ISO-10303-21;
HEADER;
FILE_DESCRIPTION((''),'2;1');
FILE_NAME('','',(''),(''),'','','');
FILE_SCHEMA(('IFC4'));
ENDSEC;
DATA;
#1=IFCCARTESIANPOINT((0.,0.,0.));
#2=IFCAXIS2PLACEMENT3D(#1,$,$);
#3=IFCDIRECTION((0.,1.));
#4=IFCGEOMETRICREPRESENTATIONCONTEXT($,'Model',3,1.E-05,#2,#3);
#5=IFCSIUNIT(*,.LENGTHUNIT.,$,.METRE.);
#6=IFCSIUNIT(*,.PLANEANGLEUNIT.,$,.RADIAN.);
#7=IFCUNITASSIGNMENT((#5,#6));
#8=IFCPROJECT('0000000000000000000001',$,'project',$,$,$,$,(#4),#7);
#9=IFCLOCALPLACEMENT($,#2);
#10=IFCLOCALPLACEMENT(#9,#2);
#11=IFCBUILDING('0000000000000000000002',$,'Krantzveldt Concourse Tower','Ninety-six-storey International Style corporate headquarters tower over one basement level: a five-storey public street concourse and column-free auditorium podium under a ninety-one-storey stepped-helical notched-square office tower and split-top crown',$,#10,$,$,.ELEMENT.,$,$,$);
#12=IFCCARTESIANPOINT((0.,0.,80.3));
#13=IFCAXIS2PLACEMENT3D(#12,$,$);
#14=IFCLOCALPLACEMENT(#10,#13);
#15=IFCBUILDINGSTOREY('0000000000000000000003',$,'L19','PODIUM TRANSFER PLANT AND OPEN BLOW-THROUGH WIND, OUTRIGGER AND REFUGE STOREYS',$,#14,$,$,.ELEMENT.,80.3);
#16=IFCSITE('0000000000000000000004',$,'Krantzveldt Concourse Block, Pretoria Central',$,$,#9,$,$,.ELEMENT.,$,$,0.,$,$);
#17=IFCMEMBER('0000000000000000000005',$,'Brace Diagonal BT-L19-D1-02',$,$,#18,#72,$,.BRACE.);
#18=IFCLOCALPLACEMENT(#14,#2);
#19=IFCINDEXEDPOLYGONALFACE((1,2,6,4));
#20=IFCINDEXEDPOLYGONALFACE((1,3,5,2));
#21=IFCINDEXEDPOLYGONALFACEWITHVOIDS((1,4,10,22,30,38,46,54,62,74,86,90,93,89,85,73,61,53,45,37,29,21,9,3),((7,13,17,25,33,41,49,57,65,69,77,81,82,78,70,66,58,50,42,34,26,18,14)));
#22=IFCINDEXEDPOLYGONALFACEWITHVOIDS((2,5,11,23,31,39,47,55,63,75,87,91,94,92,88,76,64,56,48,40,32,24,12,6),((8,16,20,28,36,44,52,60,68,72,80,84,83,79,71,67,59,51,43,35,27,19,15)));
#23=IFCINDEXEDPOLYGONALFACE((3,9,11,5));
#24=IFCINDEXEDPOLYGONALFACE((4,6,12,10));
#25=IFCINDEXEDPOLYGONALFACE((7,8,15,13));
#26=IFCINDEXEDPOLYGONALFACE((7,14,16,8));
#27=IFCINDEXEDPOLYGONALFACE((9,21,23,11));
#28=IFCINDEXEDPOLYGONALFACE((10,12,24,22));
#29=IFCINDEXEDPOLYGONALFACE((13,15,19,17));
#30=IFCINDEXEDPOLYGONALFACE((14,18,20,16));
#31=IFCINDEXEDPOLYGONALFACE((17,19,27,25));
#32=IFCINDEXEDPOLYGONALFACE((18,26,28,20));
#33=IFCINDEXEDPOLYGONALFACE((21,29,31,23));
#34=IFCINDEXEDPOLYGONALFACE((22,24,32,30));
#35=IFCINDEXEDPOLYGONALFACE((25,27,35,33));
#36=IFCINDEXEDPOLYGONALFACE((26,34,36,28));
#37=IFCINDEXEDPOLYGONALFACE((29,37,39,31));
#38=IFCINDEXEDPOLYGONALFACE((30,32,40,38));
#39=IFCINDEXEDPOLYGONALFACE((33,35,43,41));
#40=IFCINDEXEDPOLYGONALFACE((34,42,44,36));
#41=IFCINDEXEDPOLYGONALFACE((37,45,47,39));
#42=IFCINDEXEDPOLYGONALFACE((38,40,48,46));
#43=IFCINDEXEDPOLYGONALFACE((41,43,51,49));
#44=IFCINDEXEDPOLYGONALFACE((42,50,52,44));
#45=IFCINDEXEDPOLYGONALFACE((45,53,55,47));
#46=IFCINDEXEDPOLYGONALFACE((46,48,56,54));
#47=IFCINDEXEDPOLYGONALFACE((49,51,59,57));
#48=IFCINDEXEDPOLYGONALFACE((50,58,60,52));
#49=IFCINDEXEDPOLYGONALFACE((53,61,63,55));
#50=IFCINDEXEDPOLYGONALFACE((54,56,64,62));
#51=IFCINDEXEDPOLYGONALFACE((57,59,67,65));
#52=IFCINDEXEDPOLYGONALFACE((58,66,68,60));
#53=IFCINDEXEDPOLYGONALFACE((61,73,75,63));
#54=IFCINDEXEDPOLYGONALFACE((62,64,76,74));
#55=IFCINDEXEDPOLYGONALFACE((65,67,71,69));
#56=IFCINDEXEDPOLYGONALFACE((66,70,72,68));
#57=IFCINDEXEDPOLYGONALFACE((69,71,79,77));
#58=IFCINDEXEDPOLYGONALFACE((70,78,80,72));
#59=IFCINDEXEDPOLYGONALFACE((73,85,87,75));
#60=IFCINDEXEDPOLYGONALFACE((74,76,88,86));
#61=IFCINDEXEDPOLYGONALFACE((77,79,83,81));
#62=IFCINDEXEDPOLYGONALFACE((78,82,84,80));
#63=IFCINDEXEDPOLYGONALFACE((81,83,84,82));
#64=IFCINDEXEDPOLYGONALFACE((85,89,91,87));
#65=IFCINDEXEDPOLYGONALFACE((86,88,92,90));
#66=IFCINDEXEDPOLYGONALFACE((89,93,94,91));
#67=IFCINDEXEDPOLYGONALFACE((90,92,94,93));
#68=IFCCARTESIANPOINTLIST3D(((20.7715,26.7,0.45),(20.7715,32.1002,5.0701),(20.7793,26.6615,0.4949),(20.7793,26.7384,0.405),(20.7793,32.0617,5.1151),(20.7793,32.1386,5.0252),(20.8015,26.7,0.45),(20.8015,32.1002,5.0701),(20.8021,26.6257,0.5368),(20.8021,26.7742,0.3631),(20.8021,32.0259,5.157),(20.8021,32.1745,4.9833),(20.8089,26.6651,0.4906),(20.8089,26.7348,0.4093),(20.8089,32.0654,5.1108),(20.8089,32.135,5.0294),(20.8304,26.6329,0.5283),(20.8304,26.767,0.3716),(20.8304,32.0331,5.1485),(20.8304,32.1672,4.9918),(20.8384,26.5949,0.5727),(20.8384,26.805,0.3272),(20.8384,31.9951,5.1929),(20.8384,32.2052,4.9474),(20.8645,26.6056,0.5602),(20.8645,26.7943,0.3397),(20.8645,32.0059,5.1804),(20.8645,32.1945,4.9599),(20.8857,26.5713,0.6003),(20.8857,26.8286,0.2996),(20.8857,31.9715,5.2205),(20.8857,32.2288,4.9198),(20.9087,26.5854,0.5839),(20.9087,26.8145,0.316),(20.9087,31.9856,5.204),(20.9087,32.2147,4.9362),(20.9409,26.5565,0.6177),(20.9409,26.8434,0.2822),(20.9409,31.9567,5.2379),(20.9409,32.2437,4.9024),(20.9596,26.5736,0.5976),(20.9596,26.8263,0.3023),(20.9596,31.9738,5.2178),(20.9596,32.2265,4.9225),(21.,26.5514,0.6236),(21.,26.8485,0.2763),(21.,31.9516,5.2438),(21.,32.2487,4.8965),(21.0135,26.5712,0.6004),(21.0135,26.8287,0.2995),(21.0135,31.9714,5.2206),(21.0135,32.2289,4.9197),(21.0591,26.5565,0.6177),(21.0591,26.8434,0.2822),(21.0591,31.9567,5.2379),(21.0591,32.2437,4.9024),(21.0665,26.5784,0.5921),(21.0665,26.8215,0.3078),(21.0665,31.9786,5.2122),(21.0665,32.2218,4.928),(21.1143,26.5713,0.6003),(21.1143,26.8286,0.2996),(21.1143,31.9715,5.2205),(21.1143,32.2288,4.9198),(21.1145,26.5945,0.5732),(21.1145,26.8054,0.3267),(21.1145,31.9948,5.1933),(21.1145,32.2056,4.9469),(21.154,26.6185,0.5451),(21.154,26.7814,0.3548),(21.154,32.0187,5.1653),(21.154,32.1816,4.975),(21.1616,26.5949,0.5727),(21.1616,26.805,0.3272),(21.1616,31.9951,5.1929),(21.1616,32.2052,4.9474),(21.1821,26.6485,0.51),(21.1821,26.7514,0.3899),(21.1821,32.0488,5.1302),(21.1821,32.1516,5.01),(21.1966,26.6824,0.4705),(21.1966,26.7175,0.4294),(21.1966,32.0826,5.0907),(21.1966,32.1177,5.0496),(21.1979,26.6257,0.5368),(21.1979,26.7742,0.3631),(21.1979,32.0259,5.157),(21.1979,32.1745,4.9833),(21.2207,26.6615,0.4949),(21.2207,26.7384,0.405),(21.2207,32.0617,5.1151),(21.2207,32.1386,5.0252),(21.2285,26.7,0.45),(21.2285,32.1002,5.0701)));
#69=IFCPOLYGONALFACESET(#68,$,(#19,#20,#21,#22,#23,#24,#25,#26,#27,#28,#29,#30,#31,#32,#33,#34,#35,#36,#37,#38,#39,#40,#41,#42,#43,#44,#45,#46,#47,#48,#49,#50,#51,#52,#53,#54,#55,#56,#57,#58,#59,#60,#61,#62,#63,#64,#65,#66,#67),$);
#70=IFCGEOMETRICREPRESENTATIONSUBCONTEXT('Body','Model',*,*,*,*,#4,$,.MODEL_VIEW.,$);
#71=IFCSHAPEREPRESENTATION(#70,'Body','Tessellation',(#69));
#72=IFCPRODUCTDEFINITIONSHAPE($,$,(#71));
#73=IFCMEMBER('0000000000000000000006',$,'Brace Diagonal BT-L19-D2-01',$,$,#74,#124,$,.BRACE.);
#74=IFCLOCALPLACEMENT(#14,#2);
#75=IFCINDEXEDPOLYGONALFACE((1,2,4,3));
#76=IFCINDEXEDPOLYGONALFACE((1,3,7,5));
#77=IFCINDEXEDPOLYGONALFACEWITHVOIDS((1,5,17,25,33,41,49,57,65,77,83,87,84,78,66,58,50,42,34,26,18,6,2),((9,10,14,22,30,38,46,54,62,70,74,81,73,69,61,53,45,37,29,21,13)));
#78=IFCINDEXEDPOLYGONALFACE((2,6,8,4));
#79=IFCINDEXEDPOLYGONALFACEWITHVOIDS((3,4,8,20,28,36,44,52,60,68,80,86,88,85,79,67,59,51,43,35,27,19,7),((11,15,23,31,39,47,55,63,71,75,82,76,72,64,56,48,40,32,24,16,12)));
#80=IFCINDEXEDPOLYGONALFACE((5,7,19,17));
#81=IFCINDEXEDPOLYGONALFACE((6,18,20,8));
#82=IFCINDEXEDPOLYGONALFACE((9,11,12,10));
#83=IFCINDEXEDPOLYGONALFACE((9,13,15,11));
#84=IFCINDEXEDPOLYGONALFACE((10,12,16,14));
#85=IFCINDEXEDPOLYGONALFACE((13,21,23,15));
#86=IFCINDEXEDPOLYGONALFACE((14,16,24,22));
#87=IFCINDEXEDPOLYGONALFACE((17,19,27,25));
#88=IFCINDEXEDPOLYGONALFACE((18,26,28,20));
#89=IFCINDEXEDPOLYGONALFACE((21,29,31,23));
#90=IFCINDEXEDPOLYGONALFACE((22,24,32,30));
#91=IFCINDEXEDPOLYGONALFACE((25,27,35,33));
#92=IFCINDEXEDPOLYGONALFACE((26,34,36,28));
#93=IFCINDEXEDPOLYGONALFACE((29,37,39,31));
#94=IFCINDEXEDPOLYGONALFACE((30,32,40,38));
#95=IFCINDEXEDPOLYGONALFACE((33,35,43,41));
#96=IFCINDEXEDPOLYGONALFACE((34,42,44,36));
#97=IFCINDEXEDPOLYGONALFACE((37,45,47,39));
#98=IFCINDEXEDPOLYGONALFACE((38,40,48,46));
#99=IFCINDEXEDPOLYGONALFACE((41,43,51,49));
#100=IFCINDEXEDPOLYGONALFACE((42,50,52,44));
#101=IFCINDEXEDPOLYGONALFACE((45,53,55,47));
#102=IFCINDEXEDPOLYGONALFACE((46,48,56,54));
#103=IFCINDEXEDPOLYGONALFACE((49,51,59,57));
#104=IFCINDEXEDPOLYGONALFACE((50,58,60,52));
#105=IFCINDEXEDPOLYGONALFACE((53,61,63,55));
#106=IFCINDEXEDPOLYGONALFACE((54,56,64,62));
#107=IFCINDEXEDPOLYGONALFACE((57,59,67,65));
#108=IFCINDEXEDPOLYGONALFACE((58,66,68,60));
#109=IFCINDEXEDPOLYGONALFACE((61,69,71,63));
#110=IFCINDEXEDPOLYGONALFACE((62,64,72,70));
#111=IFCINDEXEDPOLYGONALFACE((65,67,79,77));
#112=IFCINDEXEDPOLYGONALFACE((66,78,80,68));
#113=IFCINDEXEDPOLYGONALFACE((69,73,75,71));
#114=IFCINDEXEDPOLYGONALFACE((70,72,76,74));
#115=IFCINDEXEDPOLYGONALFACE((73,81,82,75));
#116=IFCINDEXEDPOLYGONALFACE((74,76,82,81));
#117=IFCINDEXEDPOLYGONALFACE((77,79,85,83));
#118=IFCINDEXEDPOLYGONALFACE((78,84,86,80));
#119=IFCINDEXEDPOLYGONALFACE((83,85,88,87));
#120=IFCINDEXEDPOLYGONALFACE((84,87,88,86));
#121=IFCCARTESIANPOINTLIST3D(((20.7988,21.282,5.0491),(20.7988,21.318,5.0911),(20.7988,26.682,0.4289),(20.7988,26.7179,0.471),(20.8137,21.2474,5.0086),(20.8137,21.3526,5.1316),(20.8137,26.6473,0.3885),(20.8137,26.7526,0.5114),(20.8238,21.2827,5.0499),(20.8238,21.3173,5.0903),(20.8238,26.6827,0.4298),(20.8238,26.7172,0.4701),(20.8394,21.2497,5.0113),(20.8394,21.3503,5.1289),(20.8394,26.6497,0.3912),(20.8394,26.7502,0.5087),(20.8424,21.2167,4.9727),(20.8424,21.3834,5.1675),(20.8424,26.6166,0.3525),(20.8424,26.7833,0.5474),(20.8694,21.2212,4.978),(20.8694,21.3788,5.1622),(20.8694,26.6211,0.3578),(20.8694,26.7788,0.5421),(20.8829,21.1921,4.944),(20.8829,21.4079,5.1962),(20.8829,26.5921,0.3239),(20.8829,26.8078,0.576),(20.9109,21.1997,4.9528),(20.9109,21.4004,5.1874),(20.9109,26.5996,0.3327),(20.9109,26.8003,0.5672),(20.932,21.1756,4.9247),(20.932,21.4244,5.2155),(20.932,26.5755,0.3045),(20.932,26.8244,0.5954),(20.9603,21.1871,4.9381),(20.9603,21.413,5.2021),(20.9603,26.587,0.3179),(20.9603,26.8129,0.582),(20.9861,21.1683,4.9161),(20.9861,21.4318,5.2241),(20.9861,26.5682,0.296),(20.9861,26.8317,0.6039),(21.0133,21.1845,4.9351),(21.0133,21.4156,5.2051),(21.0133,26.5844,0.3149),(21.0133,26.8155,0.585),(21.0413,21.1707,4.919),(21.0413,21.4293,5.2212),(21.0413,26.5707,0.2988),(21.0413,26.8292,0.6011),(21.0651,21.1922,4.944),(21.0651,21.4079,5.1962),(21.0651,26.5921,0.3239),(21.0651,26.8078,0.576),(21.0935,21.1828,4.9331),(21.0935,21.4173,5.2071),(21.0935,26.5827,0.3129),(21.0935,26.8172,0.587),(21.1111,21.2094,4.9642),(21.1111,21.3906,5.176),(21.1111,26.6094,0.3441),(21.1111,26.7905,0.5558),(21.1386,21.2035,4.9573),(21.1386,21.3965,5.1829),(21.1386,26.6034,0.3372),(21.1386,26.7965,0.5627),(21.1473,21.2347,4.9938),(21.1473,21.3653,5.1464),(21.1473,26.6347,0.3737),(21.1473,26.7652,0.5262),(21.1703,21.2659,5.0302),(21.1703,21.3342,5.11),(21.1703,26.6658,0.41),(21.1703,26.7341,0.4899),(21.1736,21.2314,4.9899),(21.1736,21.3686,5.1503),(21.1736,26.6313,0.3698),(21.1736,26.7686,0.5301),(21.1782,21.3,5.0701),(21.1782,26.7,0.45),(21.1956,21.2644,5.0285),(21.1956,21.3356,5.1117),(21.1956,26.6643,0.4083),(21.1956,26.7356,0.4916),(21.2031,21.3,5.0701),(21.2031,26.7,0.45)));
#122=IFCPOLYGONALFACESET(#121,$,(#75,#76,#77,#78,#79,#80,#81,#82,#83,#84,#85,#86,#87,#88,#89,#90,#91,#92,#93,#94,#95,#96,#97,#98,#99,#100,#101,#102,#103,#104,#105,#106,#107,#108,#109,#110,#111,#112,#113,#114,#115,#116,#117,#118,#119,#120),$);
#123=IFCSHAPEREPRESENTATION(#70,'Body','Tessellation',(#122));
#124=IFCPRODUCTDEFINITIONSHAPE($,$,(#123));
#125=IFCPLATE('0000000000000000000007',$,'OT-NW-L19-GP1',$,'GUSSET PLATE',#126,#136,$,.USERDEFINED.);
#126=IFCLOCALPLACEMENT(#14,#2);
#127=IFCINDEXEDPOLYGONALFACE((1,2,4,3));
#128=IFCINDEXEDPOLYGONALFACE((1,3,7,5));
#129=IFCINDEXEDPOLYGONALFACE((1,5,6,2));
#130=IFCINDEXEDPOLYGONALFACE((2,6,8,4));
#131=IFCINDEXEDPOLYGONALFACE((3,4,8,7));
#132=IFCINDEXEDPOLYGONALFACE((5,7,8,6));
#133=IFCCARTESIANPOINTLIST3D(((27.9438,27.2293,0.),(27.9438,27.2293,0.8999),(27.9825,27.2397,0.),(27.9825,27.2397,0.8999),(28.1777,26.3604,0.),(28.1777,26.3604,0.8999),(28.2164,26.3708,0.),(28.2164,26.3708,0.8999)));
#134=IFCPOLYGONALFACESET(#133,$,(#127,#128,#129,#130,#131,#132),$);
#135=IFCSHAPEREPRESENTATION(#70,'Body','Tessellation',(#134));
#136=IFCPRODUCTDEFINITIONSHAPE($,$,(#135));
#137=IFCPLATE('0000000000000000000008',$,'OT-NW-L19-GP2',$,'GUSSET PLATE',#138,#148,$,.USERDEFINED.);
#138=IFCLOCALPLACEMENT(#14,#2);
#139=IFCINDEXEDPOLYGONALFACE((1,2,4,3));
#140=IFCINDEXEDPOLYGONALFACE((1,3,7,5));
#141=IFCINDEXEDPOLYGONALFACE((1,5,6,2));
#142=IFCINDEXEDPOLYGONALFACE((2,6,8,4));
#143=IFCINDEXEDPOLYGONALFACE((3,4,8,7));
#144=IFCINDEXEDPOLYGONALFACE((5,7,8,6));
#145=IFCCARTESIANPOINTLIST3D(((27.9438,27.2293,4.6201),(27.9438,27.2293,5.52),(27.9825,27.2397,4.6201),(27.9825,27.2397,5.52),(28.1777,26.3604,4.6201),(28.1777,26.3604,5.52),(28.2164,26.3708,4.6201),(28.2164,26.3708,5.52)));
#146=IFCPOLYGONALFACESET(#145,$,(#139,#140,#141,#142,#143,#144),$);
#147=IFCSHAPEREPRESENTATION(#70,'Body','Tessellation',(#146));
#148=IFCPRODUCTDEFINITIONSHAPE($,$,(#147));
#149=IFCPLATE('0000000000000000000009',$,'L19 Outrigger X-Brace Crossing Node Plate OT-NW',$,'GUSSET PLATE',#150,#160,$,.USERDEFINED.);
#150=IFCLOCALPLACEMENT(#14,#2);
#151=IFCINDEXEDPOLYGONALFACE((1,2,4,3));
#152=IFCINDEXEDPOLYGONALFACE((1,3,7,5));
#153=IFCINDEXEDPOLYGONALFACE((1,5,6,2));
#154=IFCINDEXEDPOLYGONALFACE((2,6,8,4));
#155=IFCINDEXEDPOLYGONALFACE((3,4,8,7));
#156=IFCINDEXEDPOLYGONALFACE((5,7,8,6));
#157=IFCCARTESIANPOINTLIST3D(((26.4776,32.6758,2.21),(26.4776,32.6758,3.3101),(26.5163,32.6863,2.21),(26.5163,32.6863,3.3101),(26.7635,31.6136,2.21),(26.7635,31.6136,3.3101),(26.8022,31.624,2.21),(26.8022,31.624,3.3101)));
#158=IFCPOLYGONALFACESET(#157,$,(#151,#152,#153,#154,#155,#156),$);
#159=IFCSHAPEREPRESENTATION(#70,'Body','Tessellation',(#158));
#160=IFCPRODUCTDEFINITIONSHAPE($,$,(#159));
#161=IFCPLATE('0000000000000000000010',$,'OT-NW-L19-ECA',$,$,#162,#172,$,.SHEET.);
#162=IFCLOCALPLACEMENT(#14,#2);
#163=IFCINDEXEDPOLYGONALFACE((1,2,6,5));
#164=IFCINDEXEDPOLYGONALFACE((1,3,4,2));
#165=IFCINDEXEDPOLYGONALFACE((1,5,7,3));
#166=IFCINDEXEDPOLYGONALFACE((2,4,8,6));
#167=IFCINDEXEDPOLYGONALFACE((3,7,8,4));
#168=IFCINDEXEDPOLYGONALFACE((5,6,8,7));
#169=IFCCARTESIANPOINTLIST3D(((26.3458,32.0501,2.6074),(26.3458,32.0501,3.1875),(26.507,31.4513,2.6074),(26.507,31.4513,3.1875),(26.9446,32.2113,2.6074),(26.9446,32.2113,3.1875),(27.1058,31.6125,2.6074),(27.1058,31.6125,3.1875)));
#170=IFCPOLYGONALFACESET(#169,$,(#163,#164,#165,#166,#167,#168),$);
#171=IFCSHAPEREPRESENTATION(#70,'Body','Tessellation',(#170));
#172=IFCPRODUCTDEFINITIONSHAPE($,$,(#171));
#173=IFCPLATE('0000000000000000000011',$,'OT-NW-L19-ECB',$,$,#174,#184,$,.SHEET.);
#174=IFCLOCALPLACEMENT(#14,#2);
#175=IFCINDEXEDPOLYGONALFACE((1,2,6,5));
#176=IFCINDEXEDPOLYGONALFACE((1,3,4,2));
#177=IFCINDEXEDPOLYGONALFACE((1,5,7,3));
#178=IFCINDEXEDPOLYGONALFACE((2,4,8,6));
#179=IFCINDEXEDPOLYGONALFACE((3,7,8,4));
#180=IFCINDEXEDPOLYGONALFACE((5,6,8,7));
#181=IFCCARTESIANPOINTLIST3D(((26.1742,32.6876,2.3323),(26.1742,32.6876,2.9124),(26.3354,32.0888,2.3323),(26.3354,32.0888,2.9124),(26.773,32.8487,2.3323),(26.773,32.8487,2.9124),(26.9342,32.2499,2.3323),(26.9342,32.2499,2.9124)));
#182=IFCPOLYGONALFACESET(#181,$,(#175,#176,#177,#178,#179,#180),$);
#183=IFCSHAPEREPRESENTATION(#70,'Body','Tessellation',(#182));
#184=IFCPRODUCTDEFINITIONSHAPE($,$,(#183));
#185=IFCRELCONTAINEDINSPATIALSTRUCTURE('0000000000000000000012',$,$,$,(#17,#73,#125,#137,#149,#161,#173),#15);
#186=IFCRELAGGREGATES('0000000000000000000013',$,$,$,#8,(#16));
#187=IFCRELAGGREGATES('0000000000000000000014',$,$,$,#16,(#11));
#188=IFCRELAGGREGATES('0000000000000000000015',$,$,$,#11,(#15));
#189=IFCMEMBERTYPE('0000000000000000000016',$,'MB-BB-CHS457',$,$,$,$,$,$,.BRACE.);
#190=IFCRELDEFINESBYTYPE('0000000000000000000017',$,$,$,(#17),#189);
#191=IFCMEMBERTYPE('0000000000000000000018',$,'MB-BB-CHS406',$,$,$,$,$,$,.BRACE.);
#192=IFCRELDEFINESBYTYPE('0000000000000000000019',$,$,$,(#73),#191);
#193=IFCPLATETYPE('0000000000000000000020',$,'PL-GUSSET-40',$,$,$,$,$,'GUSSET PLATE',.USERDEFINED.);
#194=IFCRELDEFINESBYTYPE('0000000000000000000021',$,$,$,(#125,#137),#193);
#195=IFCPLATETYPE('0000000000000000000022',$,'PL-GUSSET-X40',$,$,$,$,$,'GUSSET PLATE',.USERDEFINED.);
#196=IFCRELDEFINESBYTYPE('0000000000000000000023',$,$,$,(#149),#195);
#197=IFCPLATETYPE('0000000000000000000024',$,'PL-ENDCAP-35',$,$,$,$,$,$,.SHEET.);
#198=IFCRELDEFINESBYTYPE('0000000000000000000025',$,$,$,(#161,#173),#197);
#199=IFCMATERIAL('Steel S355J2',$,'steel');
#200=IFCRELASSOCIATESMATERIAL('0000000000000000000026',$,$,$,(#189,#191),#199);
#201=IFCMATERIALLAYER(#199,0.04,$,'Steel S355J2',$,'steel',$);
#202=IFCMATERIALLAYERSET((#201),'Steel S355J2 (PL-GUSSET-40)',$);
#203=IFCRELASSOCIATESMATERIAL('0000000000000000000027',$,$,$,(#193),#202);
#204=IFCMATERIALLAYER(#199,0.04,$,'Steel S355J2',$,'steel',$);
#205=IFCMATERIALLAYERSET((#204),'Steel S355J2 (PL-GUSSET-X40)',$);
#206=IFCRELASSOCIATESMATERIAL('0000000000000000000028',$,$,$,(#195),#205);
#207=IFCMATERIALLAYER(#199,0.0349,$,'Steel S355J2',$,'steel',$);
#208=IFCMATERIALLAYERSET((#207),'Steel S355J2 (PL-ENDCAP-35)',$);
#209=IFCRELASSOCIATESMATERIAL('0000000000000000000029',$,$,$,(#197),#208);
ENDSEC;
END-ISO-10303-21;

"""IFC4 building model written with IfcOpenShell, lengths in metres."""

from ifc_helpers import new_model, si_unit, direction, frame, origin, origin_2d, place, context, subcontext, project, spatial, rectangle, hollow_circle, extrude, source, transform, mapped, material, layer, layer_set, material_profile, profile_set, type_object, type_shapes, element, save


model = new_model("IFC4")

# Units and contexts
model_context = context("Model", 3, precision=1e-05, world=origin(), true_north=direction((0.0, 1.0)))
body_context = subcontext(model_context, "Body", "Model", "MODEL_VIEW")
ifc_project = project(units=[si_unit("LENGTHUNIT", "METRE"), si_unit("PLANEANGLEUNIT", "RADIAN")], contexts=[model_context])

# Site, building, storey
site_placement = place(None, origin())
site = spatial("IfcSite", under=ifc_project, at=site_placement, Name="Krantzveldt Concourse Block, Pretoria Central", CompositionType="ELEMENT", RefElevation=0.0)
building_placement = place(site_placement, origin())
building = spatial("IfcBuilding", under=site, at=building_placement, Name="Krantzveldt Concourse Tower", Description="Ninety-six-storey International Style corporate headquarters tower over one basement level: a five-storey public street concourse and column-free auditorium podium under a ninety-one-storey stepped-helical notched-square office tower and split-top crown", CompositionType="ELEMENT")
storey_placement = place(building_placement, frame((0.0, 0.0, 80.3)))
storey = spatial("IfcBuildingStorey", under=building, at=storey_placement, Name="L19", Description="PODIUM TRANSFER PLANT AND OPEN BLOW-THROUGH WIND, OUTRIGGER AND REFUGE STOREYS", CompositionType="ELEMENT", Elevation=80.3)

# Shared definitions
ifc_material_1 = material(Name="Steel S355J2", Category="steel")

# Members
ifc_material_profile_1 = material_profile(ifc_material_1, hollow_circle(Radius=0.2285, WallThickness=0.03, at=origin_2d()), Name="Steel S355J2", Category="steel")
ifc_profile_set_1 = profile_set([ifc_material_profile_1], Name="Steel S355J2 - CHS 457x30")
member_type_1 = type_object("IfcMemberType", Name="MB-BB-CHS457", PredefinedType="BRACE", material=ifc_profile_set_1)
shared_shape_1 = source(origin(), body_context, "Body", "SweptSolid", [
    extrude(hollow_circle(Radius=0.2285, WallThickness=0.03, at=origin_2d()), origin(), (0.0, 0.0, 1.0), 7.1069),
])
type_shapes(member_type_1, [shared_shape_1])
member_1_placement = place(storey_placement, frame((21.0, 26.7, 0.45), z_axis=(0.0, 0.759853, 0.650095), x_axis=(-1.0, 0.0, 0.0)))
element("IfcMember", 1, at=member_1_placement, inside=storey, type_object=member_type_1, Name="Brace Diagonal BT-L19-D1-02", PredefinedType="BRACE", context=body_context, shape_type="MappedRepresentation", body=[
    mapped(shared_shape_1, transform((0.0, 0.0, 0.0), x_axis=(1.0, 0.0, 0.0), y_axis=(0.0, 1.0, 0.0), z_axis=(0.0, 0.0, 1.0), scale=1.0)),
])
ifc_material_profile_2 = material_profile(ifc_material_1, hollow_circle(Radius=0.2031, WallThickness=0.0249, at=origin_2d()), Name="Steel S355J2", Category="steel")
ifc_profile_set_2 = profile_set([ifc_material_profile_2], Name="Steel S355J2 - CHS 406.4x25")
member_type_2 = type_object("IfcMemberType", Name="MB-BB-CHS406", PredefinedType="BRACE", material=ifc_profile_set_2)
shared_shape_2 = source(origin(), body_context, "Body", "SweptSolid", [
    extrude(hollow_circle(Radius=0.2031, WallThickness=0.0249, at=origin_2d()), origin(), (0.0, 0.0, 1.0), 7.1067),
])
type_shapes(member_type_2, [shared_shape_2])
member_2_placement = place(storey_placement, frame((21.0, 26.7, 0.45), z_axis=(0.0, -0.759838, 0.650112), x_axis=(1.0, 0.0, 0.0)))
element("IfcMember", 2, at=member_2_placement, inside=storey, type_object=member_type_2, Name="Brace Diagonal BT-L19-D2-01", PredefinedType="BRACE", context=body_context, shape_type="MappedRepresentation", body=[
    mapped(shared_shape_2, transform((0.0, 0.0, 0.0), x_axis=(1.0, 0.0, 0.0), y_axis=(0.0, 1.0, 0.0), z_axis=(0.0, 0.0, 1.0), scale=1.0)),
])

# Plates
ifc_layer_1 = layer(ifc_material_1, 0.04, Name="Steel S355J2", Category="steel")
ifc_layer_set_1 = layer_set([ifc_layer_1], Name="Steel S355J2 (PL-GUSSET-40)")
plate_type_1 = type_object("IfcPlateType", Name="PL-GUSSET-40", ElementType="GUSSET PLATE", PredefinedType="USERDEFINED", material=ifc_layer_set_1)
shared_shape_3 = source(origin(), body_context, "Body", "SweptSolid", [
    extrude(rectangle(XDim=0.8999, YDim=0.04, at=origin_2d()), origin(), (0.0, 0.0, 1.0), 0.8999),
])
type_shapes(plate_type_1, [shared_shape_3])
for number, where, z_axis, x_axis, name in (
    (3, (28.0801, 26.8, 0.0), (0.0, 0.0, 1.0), (-0.259915, 0.965632, 0.0), "OT-NW-L19-GP1"),
    (4, (28.0801, 26.8, 4.6201), (0.0, 0.0, 1.0), (-0.259915, 0.965632, 0.0), "OT-NW-L19-GP2"),
):
    element("IfcPlate", number, at=place(storey_placement, frame(where, z_axis=z_axis, x_axis=x_axis)), inside=storey, type_object=plate_type_1, Name=name, ObjectType="GUSSET PLATE", PredefinedType="USERDEFINED", context=body_context, shape_type="MappedRepresentation", body=[
        mapped(shared_shape_3, transform((0.0, 0.0, 0.0), x_axis=(1.0, 0.0, 0.0), y_axis=(0.0, 1.0, 0.0), z_axis=(0.0, 0.0, 1.0), scale=1.0)),
    ])
ifc_layer_2 = layer(ifc_material_1, 0.04, Name="Steel S355J2", Category="steel")
ifc_layer_set_2 = layer_set([ifc_layer_2], Name="Steel S355J2 (PL-GUSSET-X40)")
plate_type_2 = type_object("IfcPlateType", Name="PL-GUSSET-X40", ElementType="GUSSET PLATE", PredefinedType="USERDEFINED", material=ifc_layer_set_2)
shared_shape_4 = source(origin(), body_context, "Body", "SweptSolid", [
    extrude(rectangle(XDim=1.1001, YDim=0.04, at=origin_2d()), origin(), (0.0, 0.0, 1.0), 1.1001),
])
type_shapes(plate_type_2, [shared_shape_4])
plate_1_placement = place(storey_placement, frame((26.6399, 32.1499, 2.21), z_axis=(0.0, 0.0, 1.0), x_axis=(-0.259915, 0.965632, 0.0)))
element("IfcPlate", 5, at=plate_1_placement, inside=storey, type_object=plate_type_2, Name="L19 Outrigger X-Brace Crossing Node Plate OT-NW", ObjectType="GUSSET PLATE", PredefinedType="USERDEFINED", context=body_context, shape_type="MappedRepresentation", body=[
    mapped(shared_shape_4, transform((0.0, 0.0, 0.0), x_axis=(1.0, 0.0, 0.0), y_axis=(0.0, 1.0, 0.0), z_axis=(0.0, 0.0, 1.0), scale=1.0)),
])
ifc_layer_3 = layer(ifc_material_1, 0.0349, Name="Steel S355J2", Category="steel")
ifc_layer_set_3 = layer_set([ifc_layer_3], Name="Steel S355J2 (PL-ENDCAP-35)")
plate_type_3 = type_object("IfcPlateType", Name="PL-ENDCAP-35", PredefinedType="SHEET", material=ifc_layer_set_3)
shared_shape_5 = source(origin(), body_context, "Body", "SweptSolid", [
    extrude(rectangle(XDim=0.6201, YDim=0.6201, at=origin_2d()), origin(), (0.0, 0.0, 1.0), 0.5801),
])
type_shapes(plate_type_3, [shared_shape_5])
for number, where, z_axis, x_axis, name in (
    (6, (26.7258, 31.8313, 2.6074), (0.0, 0.0, 1.0), (-0.259915, 0.965632, 0.0), "OT-NW-L19-ECA"),
    (7, (26.5542, 32.4688, 2.3323), (0.0, 0.0, 1.0), (-0.259915, 0.965632, 0.0), "OT-NW-L19-ECB"),
):
    element("IfcPlate", number, at=place(storey_placement, frame(where, z_axis=z_axis, x_axis=x_axis)), inside=storey, type_object=plate_type_3, Name=name, PredefinedType="SHEET", context=body_context, shape_type="MappedRepresentation", body=[
        mapped(shared_shape_5, transform((0.0, 0.0, 0.0), x_axis=(1.0, 0.0, 0.0), y_axis=(0.0, 1.0, 0.0), z_axis=(0.0, 0.0, 1.0), scale=1.0)),
    ])

save(model, "model.ifc")
